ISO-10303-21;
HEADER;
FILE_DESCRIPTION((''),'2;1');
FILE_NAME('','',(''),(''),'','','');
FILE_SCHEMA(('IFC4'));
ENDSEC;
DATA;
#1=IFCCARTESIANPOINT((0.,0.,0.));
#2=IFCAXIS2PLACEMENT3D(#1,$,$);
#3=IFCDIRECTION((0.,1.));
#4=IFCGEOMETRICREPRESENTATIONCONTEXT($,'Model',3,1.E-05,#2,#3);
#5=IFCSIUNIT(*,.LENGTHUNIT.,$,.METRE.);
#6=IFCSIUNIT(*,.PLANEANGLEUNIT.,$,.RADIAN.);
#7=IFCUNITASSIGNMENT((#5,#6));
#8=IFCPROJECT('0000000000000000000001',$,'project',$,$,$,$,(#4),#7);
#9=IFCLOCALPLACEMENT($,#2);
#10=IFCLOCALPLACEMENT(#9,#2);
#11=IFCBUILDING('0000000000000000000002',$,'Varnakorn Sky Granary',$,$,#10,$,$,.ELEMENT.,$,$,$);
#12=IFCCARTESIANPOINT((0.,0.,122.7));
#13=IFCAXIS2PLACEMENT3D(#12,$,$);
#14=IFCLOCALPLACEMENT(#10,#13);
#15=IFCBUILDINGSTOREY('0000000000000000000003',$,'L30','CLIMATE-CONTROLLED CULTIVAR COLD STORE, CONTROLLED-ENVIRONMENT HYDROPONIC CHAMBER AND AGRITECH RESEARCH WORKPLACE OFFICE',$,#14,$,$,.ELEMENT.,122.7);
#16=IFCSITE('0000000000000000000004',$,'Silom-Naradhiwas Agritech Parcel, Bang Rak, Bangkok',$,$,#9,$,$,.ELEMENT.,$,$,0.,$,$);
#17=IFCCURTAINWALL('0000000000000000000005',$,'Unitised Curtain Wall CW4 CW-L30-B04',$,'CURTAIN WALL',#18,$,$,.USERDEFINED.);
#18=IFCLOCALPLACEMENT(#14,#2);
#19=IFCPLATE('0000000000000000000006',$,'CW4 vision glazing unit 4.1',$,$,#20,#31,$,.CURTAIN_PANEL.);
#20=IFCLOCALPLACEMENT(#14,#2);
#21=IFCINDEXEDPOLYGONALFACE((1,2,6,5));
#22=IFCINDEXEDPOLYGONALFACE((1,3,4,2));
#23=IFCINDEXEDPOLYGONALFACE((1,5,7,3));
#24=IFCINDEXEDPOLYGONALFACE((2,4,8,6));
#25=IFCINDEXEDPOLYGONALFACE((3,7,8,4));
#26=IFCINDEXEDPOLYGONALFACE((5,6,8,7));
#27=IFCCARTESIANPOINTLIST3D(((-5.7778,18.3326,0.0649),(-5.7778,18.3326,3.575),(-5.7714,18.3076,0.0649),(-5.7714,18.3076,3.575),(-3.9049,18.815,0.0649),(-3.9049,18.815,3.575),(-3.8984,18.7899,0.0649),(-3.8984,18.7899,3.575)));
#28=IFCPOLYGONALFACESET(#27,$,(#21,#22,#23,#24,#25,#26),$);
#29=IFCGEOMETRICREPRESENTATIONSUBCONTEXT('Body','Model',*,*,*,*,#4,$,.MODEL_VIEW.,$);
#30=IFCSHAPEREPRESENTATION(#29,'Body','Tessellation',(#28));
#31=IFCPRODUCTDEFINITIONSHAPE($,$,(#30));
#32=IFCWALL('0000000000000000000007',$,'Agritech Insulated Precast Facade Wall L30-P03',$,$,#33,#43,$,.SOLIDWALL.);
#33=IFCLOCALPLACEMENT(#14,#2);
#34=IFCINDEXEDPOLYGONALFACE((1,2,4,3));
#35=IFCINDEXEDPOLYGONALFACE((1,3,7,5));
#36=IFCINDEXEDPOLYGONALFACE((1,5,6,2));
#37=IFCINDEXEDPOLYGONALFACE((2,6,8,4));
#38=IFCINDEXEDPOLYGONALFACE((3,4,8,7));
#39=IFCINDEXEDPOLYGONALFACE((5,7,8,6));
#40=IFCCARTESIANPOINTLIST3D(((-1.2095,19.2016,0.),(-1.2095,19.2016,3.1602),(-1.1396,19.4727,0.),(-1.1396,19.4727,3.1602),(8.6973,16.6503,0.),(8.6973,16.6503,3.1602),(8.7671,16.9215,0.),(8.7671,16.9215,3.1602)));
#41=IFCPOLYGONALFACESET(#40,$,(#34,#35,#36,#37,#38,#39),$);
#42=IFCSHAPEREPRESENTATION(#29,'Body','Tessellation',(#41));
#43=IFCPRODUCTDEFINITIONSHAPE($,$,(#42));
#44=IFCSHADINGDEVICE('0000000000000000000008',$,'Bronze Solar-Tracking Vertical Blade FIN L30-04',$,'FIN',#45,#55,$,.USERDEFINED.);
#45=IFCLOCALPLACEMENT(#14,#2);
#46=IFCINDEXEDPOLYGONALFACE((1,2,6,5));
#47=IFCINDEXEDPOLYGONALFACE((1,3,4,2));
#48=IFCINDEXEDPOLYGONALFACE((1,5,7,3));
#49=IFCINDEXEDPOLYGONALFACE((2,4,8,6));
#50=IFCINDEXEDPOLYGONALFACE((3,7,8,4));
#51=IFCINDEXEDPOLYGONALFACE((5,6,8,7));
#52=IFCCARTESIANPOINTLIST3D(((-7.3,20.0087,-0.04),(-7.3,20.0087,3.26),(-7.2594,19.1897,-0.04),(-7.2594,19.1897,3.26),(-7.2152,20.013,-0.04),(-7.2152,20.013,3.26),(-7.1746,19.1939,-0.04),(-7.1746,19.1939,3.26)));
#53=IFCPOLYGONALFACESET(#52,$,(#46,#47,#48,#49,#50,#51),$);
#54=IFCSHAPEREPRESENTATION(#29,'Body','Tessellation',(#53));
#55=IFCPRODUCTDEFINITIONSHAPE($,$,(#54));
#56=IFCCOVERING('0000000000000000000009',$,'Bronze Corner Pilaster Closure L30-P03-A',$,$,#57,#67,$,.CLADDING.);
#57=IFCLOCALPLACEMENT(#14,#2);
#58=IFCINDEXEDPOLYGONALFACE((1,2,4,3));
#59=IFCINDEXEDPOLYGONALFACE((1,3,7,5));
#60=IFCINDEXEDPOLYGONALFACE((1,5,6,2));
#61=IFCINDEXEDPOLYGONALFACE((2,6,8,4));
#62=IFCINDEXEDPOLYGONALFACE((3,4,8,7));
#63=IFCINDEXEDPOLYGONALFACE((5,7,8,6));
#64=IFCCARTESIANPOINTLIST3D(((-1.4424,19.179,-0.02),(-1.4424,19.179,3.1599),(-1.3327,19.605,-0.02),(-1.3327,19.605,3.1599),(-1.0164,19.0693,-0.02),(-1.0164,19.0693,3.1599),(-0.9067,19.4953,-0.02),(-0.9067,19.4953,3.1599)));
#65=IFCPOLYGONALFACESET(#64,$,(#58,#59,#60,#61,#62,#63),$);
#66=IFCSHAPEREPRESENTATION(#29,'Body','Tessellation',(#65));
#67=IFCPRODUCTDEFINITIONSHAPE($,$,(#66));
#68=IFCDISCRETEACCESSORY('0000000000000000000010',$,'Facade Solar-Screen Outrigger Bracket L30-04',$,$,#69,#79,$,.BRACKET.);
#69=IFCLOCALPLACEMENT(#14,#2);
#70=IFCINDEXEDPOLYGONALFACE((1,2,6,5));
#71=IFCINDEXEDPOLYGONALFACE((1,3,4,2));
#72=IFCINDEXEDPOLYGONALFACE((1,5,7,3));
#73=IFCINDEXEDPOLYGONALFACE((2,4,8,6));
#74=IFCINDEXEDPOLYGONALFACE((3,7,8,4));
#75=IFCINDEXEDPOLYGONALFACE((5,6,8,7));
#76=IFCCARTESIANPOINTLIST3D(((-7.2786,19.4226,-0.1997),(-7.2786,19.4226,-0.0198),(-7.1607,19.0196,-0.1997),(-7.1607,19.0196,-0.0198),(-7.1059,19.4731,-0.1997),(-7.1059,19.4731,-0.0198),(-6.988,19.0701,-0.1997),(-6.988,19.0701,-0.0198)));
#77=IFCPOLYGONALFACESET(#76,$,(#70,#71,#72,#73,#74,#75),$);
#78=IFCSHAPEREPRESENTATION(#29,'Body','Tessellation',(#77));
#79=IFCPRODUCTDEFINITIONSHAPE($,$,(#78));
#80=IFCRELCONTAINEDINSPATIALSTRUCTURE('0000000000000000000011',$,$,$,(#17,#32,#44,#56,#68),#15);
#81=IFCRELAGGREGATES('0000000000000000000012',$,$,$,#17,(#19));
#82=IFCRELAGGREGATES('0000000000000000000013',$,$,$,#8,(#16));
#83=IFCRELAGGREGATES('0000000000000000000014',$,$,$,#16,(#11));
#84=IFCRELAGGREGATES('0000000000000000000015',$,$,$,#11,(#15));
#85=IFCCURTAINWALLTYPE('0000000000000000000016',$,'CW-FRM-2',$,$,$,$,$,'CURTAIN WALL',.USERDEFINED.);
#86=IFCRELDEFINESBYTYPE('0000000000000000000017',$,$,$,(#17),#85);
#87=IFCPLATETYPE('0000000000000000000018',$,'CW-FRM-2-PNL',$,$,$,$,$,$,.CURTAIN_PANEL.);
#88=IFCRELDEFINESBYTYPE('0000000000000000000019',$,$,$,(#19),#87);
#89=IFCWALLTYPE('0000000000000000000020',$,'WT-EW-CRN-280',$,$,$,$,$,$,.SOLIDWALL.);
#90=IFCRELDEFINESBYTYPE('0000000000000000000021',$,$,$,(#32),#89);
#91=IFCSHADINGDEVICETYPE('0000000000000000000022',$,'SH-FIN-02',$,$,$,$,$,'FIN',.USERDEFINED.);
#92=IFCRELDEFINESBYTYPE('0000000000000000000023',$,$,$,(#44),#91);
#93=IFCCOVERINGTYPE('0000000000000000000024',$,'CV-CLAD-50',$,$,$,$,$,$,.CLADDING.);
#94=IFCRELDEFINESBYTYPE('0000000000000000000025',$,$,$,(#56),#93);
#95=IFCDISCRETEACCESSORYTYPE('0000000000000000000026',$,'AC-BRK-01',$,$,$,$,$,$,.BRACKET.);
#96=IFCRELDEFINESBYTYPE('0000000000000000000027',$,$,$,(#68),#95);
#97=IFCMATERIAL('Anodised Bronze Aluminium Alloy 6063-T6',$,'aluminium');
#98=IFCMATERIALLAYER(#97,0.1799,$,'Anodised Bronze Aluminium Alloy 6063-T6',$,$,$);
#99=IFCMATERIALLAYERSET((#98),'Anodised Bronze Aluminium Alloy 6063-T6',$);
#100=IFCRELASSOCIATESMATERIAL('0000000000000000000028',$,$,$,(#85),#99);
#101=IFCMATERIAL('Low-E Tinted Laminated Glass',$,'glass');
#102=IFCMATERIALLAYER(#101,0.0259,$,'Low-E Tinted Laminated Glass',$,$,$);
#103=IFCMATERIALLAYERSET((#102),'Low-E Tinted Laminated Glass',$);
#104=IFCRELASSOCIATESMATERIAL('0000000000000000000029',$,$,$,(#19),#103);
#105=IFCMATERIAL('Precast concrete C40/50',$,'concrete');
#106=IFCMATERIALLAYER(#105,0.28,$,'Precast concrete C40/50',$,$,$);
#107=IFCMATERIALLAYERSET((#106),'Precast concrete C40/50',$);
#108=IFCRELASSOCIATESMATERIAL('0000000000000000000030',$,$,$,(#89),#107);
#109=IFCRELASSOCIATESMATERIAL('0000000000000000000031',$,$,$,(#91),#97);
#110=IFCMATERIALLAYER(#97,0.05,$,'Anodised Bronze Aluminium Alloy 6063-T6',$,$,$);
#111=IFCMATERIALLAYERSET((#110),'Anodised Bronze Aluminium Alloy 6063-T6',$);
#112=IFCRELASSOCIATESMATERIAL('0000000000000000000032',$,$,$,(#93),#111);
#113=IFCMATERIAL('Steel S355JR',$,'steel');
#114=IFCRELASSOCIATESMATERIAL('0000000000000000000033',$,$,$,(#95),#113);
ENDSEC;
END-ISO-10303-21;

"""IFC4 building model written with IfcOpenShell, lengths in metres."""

from ifc_helpers import new_model, si_unit, direction, frame, frame_2d, origin, origin_2d, place, context, subcontext, project, spatial, rectangle, extrude, source, transform, mapped, material, layer, layer_set, type_object, type_shapes, element, aggregate, save


model = new_model("IFC4")

# Units and contexts
model_context = context("Model", 3, precision=1e-05, world=origin(), true_north=direction((0.0, 1.0)))
body_context = subcontext(model_context, "Body", "Model", "MODEL_VIEW")
ifc_project = project(units=[si_unit("LENGTHUNIT", "METRE"), si_unit("PLANEANGLEUNIT", "RADIAN")], contexts=[model_context])

# Site, building, storey
site_placement = place(None, origin())
site = spatial("IfcSite", under=ifc_project, at=site_placement, Name="Silom-Naradhiwas Agritech Parcel, Bang Rak, Bangkok", CompositionType="ELEMENT", RefElevation=0.0)
building_placement = place(site_placement, origin())
building = spatial("IfcBuilding", under=site, at=building_placement, Name="Varnakorn Sky Granary", CompositionType="ELEMENT")
storey_placement = place(building_placement, frame((0.0, 0.0, 122.7)))
storey = spatial("IfcBuildingStorey", under=building, at=storey_placement, Name="L30", Description="CLIMATE-CONTROLLED CULTIVAR COLD STORE, CONTROLLED-ENVIRONMENT HYDROPONIC CHAMBER AND AGRITECH RESEARCH WORKPLACE OFFICE", CompositionType="ELEMENT", Elevation=122.7)

# Shared definitions
ifc_material_1 = material(Name="Steel S355JR", Category="steel")

# Curtain wall, plate
ifc_material_2 = material(Name="Anodised Bronze Aluminium Alloy 6063-T6", Category="aluminium")
ifc_layer_1 = layer(ifc_material_2, 0.1799, Name="Anodised Bronze Aluminium Alloy 6063-T6")
ifc_layer_set_1 = layer_set([ifc_layer_1], Name="Anodised Bronze Aluminium Alloy 6063-T6")
curtain_wall_type = type_object("IfcCurtainWallType", Name="CW-FRM-2", ElementType="CURTAIN WALL", PredefinedType="USERDEFINED", material=ifc_layer_set_1)
curtain_wall_placement = place(storey_placement, origin())
curtain_wall = element("IfcCurtainWall", 1, at=curtain_wall_placement, inside=storey, type_object=curtain_wall_type, Name="Unitised Curtain Wall CW4 CW-L30-B04", ObjectType="CURTAIN WALL", PredefinedType="USERDEFINED")
ifc_material_3 = material(Name="Low-E Tinted Laminated Glass", Category="glass")
ifc_layer_2 = layer(ifc_material_3, 0.0259, Name="Low-E Tinted Laminated Glass")
ifc_layer_set_2 = layer_set([ifc_layer_2], Name="Low-E Tinted Laminated Glass")
plate_type = type_object("IfcPlateType", Name="CW-FRM-2-PNL", PredefinedType="CURTAIN_PANEL")
shared_shape_1 = source(origin(), body_context, "Body", "SweptSolid", [
    extrude(rectangle(XDim=1.9341, YDim=0.0259, at=origin_2d()), origin(), (0.0, 0.0, 1.0), 3.51),
])
plate_1_placement = place(storey_placement, frame((-4.8381, 18.5613, 0.0649), z_axis=(0.0, 0.0, 1.0), x_axis=(0.968405, 0.249384, 0.0)))
plate_1 = element("IfcPlate", 2, at=plate_1_placement, type_object=plate_type, material=ifc_layer_set_2, Name="CW4 vision glazing unit 4.1", PredefinedType="CURTAIN_PANEL", context=body_context, shape_type="MappedRepresentation", body=[
    mapped(shared_shape_1, transform((0.0, 0.0, 0.0), x_axis=(1.0, 0.0, 0.0), y_axis=(0.0, 1.0, 0.0), z_axis=(0.0, 0.0, 1.0), scale=1.0)),
])
aggregate(curtain_wall, [plate_1])

# Wall
ifc_material_4 = material(Name="Precast concrete C40/50", Category="concrete")
ifc_layer_3 = layer(ifc_material_4, 0.28, Name="Precast concrete C40/50")
ifc_layer_set_3 = layer_set([ifc_layer_3], Name="Precast concrete C40/50")
wall_type = type_object("IfcWallType", Name="WT-EW-CRN-280", PredefinedType="SOLIDWALL", material=ifc_layer_set_3)
wall_placement = place(storey_placement, frame((-1.1746, 19.3372, 0.0), z_axis=(0.0, 0.0, 1.0), x_axis=(0.968403, -0.249392, 0.0)))
element("IfcWall", 3, at=wall_placement, inside=storey, type_object=wall_type, Name="Agritech Insulated Precast Facade Wall L30-P03", PredefinedType="SOLIDWALL", context=body_context, shape_type="SweptSolid", body=[
    extrude(rectangle(XDim=10.23, YDim=0.28, at=frame_2d((5.115, 0.0))), origin(), (0.0, 0.0, 1.0), 3.1602),
])

# Shading device
shading_device_type = type_object("IfcShadingDeviceType", Name="SH-FIN-02", ElementType="FIN", PredefinedType="USERDEFINED", material=ifc_material_2)
shared_shape_2 = source(origin(), body_context, "Body", "SweptSolid", [
    extrude(rectangle(XDim=0.085, YDim=0.8201, at=origin_2d()), origin(), (0.0, 0.0, 1.0), 3.3),
])
type_shapes(shading_device_type, [shared_shape_2])
shading_device_placement = place(storey_placement, frame((-7.2373, 19.6013, -0.04), z_axis=(0.0, 0.0, 1.0), x_axis=(-0.998772, -0.049542, 0.0)))
element("IfcShadingDevice", 4, at=shading_device_placement, inside=storey, type_object=shading_device_type, Name="Bronze Solar-Tracking Vertical Blade FIN L30-04", ObjectType="FIN", PredefinedType="USERDEFINED", context=body_context, shape_type="MappedRepresentation", body=[
    mapped(shared_shape_2, transform((0.0, 0.0, 0.0), x_axis=(1.0, 0.0, 0.0), y_axis=(0.0, 1.0, 0.0), z_axis=(0.0, 0.0, 1.0), scale=1.0)),
])

# Covering
ifc_layer_4 = layer(ifc_material_2, 0.05, Name="Anodised Bronze Aluminium Alloy 6063-T6")
ifc_layer_set_4 = layer_set([ifc_layer_4], Name="Anodised Bronze Aluminium Alloy 6063-T6")
covering_type = type_object("IfcCoveringType", Name="CV-CLAD-50", PredefinedType="CLADDING", material=ifc_layer_set_4)
shared_shape_3 = source(origin(), body_context, "Body", "SweptSolid", [
    extrude(rectangle(XDim=0.4399, YDim=0.4399, at=origin_2d()), origin(), (0.0, 0.0, 1.0), 3.1799),
])
type_shapes(covering_type, [shared_shape_3])
covering_placement = place(storey_placement, frame((-1.1746, 19.3372, -0.02), z_axis=(0.0, 0.0, 1.0), x_axis=(0.968409, -0.249366, 0.0)))
element("IfcCovering", 5, at=covering_placement, inside=storey, type_object=covering_type, Name="Bronze Corner Pilaster Closure L30-P03-A", PredefinedType="CLADDING", context=body_context, shape_type="MappedRepresentation", body=[
    mapped(shared_shape_3, transform((0.0, 0.0, 0.0), x_axis=(1.0, 0.0, 0.0), y_axis=(0.0, 1.0, 0.0), z_axis=(0.0, 0.0, 1.0), scale=1.0)),
])

# Discrete accessory
discrete_accessory_type = type_object("IfcDiscreteAccessoryType", Name="AC-BRK-01", PredefinedType="BRACKET", material=ifc_material_1)
shared_shape_4 = source(origin(), body_context, "Body", "SweptSolid", [
    extrude(rectangle(XDim=0.1799, YDim=0.4199, at=origin_2d()), origin(), (0.0, 0.0, 1.0), 0.1799),
])
type_shapes(discrete_accessory_type, [shared_shape_4])
discrete_accessory_placement = place(storey_placement, frame((-7.1333, 19.2463, -0.1997), z_axis=(0.0, 0.0, 1.0), x_axis=(-0.959734, -0.28091, 0.0)))
element("IfcDiscreteAccessory", 6, at=discrete_accessory_placement, inside=storey, type_object=discrete_accessory_type, Name="Facade Solar-Screen Outrigger Bracket L30-04", PredefinedType="BRACKET", context=body_context, shape_type="MappedRepresentation", body=[
    mapped(shared_shape_4, transform((0.0, 0.0, 0.0), x_axis=(1.0, 0.0, 0.0), y_axis=(0.0, 1.0, 0.0), z_axis=(0.0, 0.0, 1.0), scale=1.0)),
])

save(model, "model.ifc")
